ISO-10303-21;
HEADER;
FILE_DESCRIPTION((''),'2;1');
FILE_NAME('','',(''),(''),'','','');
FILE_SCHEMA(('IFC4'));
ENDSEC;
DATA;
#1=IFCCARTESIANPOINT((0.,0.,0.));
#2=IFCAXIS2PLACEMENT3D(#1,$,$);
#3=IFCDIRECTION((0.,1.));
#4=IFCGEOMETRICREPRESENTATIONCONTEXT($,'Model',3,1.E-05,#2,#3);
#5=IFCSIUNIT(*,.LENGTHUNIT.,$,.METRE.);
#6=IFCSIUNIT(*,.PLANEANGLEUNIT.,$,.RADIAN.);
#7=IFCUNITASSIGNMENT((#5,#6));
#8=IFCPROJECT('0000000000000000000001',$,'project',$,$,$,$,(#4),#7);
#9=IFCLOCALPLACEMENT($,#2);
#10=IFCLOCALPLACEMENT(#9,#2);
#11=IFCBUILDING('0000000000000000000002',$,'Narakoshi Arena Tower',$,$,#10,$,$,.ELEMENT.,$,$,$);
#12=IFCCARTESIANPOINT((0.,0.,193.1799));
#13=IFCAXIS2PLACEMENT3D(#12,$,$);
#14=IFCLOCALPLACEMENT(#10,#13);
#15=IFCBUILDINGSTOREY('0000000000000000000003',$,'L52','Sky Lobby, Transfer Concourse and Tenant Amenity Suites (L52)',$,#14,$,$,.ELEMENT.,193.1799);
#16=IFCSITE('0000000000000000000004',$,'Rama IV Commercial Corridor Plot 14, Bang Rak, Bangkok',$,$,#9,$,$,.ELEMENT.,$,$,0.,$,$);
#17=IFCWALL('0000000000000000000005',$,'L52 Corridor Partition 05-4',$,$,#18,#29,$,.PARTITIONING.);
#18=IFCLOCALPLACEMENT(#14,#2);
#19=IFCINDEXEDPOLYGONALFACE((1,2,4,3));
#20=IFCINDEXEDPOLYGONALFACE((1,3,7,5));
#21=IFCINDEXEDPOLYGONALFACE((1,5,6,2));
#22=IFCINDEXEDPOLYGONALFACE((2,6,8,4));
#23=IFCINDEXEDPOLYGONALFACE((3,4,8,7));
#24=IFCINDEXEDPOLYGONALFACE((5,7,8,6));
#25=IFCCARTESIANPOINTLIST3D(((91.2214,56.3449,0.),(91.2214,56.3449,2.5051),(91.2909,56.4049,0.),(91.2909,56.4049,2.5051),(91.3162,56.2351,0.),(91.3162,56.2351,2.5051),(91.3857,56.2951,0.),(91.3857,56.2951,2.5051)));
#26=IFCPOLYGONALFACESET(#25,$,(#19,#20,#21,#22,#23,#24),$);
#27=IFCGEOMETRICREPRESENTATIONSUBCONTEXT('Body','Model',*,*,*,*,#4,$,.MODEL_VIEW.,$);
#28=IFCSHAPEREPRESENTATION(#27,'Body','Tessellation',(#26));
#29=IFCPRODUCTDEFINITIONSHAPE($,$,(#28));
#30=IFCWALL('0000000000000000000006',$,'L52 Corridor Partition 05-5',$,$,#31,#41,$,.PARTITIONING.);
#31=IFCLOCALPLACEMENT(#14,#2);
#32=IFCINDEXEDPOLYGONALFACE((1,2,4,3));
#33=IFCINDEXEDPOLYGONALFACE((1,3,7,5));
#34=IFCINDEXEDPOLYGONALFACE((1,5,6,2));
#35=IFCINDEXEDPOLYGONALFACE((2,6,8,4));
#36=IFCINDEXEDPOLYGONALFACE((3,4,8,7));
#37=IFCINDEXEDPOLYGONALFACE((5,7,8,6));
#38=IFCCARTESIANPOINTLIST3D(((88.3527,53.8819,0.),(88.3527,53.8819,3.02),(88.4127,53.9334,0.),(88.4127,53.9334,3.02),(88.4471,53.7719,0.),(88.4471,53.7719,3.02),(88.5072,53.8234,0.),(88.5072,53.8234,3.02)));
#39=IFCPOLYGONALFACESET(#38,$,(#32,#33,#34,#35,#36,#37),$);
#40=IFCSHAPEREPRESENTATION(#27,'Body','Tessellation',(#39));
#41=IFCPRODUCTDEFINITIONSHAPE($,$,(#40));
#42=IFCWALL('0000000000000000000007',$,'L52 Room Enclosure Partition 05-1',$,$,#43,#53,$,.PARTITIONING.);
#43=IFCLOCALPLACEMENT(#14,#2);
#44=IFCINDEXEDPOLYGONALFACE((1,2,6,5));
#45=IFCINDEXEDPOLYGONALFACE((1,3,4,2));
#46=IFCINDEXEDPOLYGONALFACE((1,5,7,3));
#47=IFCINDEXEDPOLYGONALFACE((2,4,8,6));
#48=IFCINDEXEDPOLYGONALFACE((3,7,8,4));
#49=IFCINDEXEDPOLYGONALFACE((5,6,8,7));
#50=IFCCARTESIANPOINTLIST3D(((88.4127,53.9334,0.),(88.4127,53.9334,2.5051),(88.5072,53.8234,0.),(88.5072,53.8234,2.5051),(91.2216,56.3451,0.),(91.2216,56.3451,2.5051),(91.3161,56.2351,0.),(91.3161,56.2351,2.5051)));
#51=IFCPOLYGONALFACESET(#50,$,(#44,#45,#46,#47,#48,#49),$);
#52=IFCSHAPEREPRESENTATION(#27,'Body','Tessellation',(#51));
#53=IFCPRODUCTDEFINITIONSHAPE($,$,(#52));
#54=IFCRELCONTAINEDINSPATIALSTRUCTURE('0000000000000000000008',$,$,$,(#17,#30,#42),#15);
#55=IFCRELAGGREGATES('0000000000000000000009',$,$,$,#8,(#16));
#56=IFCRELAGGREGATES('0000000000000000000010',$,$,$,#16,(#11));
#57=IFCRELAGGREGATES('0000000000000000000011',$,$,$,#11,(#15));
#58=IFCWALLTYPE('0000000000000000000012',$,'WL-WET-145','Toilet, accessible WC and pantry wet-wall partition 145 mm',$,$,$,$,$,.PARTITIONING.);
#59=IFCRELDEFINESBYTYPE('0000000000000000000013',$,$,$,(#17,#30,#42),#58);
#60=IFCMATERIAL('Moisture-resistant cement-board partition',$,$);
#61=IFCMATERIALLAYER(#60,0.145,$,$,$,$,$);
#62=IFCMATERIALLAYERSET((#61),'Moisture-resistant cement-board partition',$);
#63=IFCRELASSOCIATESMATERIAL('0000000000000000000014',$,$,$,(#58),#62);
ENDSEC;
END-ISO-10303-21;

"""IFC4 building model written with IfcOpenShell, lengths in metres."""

from ifc_helpers import new_model, si_unit, direction, frame, frame_2d, origin, place, context, subcontext, project, spatial, rectangle, extrude, material, layer, layer_set, type_object, element, save


model = new_model("IFC4")

# Units and contexts
model_context = context("Model", 3, precision=1e-05, world=origin(), true_north=direction((0.0, 1.0)))
body_context = subcontext(model_context, "Body", "Model", "MODEL_VIEW")
ifc_project = project(units=[si_unit("LENGTHUNIT", "METRE"), si_unit("PLANEANGLEUNIT", "RADIAN")], contexts=[model_context])

# Site, building, storey
site_placement = place(None, origin())
site = spatial("IfcSite", under=ifc_project, at=site_placement, Name="Rama IV Commercial Corridor Plot 14, Bang Rak, Bangkok", CompositionType="ELEMENT", RefElevation=0.0)
building_placement = place(site_placement, origin())
building = spatial("IfcBuilding", under=site, at=building_placement, Name="Narakoshi Arena Tower", CompositionType="ELEMENT")
storey_placement = place(building_placement, frame((0.0, 0.0, 193.1799)))
storey = spatial("IfcBuildingStorey", under=building, at=storey_placement, Name="L52", Description="Sky Lobby, Transfer Concourse and Tenant Amenity Suites (L52)", CompositionType="ELEMENT", Elevation=193.1799)

# Shared definitions
ifc_material_1 = material(Name="Moisture-resistant cement-board partition")
ifc_layer_1 = layer(ifc_material_1, 0.145)
ifc_layer_set_1 = layer_set([ifc_layer_1], Name="Moisture-resistant cement-board partition")
wall_type_1 = type_object("IfcWallType", Name="WL-WET-145", Description="Toilet, accessible WC and pantry wet-wall partition 145 mm", PredefinedType="PARTITIONING", material=ifc_layer_set_1)

# Walls
wall_1_placement = place(storey_placement, frame((91.2688, 56.29, 0.0), z_axis=(0.0, 0.0, 1.0), x_axis=(0.757002, 0.653412, 0.0)))
element("IfcWall", 1, at=wall_1_placement, inside=storey, type_object=wall_type_1, Name="L52 Corridor Partition 05-4", PredefinedType="PARTITIONING", context=body_context, shape_type="SweptSolid", body=[
    extrude(rectangle(XDim=0.0918, YDim=0.145, at=frame_2d((0.0459, 0.0))), origin(), (0.0, 0.0, 1.0), 2.5051),
])
wall_2_placement = place(storey_placement, frame((88.3999, 53.8269, 0.0), z_axis=(0.0, 0.0, 1.0), x_axis=(0.759039, 0.651045, 0.0)))
element("IfcWall", 2, at=wall_2_placement, inside=storey, type_object=wall_type_1, Name="L52 Corridor Partition 05-5", PredefinedType="PARTITIONING", context=body_context, shape_type="SweptSolid", body=[
    extrude(rectangle(XDim=0.0791, YDim=0.145, at=frame_2d((0.0396, 0.0))), origin(), (0.0, 0.0, 1.0), 3.02),
])
wall_3_placement = place(storey_placement, frame((88.46, 53.8784, 0.0), z_axis=(0.0, 0.0, 1.0), x_axis=(0.758716, 0.651421, 0.0)))
element("IfcWall", 3, at=wall_3_placement, inside=storey, type_object=wall_type_1, Name="L52 Room Enclosure Partition 05-1", PredefinedType="PARTITIONING", context=body_context, shape_type="SweptSolid", body=[
    extrude(rectangle(XDim=3.7021, YDim=0.145, at=frame_2d((1.8511, 0.0))), origin(), (0.0, 0.0, 1.0), 2.5051),
])

save(model, "model.ifc")
